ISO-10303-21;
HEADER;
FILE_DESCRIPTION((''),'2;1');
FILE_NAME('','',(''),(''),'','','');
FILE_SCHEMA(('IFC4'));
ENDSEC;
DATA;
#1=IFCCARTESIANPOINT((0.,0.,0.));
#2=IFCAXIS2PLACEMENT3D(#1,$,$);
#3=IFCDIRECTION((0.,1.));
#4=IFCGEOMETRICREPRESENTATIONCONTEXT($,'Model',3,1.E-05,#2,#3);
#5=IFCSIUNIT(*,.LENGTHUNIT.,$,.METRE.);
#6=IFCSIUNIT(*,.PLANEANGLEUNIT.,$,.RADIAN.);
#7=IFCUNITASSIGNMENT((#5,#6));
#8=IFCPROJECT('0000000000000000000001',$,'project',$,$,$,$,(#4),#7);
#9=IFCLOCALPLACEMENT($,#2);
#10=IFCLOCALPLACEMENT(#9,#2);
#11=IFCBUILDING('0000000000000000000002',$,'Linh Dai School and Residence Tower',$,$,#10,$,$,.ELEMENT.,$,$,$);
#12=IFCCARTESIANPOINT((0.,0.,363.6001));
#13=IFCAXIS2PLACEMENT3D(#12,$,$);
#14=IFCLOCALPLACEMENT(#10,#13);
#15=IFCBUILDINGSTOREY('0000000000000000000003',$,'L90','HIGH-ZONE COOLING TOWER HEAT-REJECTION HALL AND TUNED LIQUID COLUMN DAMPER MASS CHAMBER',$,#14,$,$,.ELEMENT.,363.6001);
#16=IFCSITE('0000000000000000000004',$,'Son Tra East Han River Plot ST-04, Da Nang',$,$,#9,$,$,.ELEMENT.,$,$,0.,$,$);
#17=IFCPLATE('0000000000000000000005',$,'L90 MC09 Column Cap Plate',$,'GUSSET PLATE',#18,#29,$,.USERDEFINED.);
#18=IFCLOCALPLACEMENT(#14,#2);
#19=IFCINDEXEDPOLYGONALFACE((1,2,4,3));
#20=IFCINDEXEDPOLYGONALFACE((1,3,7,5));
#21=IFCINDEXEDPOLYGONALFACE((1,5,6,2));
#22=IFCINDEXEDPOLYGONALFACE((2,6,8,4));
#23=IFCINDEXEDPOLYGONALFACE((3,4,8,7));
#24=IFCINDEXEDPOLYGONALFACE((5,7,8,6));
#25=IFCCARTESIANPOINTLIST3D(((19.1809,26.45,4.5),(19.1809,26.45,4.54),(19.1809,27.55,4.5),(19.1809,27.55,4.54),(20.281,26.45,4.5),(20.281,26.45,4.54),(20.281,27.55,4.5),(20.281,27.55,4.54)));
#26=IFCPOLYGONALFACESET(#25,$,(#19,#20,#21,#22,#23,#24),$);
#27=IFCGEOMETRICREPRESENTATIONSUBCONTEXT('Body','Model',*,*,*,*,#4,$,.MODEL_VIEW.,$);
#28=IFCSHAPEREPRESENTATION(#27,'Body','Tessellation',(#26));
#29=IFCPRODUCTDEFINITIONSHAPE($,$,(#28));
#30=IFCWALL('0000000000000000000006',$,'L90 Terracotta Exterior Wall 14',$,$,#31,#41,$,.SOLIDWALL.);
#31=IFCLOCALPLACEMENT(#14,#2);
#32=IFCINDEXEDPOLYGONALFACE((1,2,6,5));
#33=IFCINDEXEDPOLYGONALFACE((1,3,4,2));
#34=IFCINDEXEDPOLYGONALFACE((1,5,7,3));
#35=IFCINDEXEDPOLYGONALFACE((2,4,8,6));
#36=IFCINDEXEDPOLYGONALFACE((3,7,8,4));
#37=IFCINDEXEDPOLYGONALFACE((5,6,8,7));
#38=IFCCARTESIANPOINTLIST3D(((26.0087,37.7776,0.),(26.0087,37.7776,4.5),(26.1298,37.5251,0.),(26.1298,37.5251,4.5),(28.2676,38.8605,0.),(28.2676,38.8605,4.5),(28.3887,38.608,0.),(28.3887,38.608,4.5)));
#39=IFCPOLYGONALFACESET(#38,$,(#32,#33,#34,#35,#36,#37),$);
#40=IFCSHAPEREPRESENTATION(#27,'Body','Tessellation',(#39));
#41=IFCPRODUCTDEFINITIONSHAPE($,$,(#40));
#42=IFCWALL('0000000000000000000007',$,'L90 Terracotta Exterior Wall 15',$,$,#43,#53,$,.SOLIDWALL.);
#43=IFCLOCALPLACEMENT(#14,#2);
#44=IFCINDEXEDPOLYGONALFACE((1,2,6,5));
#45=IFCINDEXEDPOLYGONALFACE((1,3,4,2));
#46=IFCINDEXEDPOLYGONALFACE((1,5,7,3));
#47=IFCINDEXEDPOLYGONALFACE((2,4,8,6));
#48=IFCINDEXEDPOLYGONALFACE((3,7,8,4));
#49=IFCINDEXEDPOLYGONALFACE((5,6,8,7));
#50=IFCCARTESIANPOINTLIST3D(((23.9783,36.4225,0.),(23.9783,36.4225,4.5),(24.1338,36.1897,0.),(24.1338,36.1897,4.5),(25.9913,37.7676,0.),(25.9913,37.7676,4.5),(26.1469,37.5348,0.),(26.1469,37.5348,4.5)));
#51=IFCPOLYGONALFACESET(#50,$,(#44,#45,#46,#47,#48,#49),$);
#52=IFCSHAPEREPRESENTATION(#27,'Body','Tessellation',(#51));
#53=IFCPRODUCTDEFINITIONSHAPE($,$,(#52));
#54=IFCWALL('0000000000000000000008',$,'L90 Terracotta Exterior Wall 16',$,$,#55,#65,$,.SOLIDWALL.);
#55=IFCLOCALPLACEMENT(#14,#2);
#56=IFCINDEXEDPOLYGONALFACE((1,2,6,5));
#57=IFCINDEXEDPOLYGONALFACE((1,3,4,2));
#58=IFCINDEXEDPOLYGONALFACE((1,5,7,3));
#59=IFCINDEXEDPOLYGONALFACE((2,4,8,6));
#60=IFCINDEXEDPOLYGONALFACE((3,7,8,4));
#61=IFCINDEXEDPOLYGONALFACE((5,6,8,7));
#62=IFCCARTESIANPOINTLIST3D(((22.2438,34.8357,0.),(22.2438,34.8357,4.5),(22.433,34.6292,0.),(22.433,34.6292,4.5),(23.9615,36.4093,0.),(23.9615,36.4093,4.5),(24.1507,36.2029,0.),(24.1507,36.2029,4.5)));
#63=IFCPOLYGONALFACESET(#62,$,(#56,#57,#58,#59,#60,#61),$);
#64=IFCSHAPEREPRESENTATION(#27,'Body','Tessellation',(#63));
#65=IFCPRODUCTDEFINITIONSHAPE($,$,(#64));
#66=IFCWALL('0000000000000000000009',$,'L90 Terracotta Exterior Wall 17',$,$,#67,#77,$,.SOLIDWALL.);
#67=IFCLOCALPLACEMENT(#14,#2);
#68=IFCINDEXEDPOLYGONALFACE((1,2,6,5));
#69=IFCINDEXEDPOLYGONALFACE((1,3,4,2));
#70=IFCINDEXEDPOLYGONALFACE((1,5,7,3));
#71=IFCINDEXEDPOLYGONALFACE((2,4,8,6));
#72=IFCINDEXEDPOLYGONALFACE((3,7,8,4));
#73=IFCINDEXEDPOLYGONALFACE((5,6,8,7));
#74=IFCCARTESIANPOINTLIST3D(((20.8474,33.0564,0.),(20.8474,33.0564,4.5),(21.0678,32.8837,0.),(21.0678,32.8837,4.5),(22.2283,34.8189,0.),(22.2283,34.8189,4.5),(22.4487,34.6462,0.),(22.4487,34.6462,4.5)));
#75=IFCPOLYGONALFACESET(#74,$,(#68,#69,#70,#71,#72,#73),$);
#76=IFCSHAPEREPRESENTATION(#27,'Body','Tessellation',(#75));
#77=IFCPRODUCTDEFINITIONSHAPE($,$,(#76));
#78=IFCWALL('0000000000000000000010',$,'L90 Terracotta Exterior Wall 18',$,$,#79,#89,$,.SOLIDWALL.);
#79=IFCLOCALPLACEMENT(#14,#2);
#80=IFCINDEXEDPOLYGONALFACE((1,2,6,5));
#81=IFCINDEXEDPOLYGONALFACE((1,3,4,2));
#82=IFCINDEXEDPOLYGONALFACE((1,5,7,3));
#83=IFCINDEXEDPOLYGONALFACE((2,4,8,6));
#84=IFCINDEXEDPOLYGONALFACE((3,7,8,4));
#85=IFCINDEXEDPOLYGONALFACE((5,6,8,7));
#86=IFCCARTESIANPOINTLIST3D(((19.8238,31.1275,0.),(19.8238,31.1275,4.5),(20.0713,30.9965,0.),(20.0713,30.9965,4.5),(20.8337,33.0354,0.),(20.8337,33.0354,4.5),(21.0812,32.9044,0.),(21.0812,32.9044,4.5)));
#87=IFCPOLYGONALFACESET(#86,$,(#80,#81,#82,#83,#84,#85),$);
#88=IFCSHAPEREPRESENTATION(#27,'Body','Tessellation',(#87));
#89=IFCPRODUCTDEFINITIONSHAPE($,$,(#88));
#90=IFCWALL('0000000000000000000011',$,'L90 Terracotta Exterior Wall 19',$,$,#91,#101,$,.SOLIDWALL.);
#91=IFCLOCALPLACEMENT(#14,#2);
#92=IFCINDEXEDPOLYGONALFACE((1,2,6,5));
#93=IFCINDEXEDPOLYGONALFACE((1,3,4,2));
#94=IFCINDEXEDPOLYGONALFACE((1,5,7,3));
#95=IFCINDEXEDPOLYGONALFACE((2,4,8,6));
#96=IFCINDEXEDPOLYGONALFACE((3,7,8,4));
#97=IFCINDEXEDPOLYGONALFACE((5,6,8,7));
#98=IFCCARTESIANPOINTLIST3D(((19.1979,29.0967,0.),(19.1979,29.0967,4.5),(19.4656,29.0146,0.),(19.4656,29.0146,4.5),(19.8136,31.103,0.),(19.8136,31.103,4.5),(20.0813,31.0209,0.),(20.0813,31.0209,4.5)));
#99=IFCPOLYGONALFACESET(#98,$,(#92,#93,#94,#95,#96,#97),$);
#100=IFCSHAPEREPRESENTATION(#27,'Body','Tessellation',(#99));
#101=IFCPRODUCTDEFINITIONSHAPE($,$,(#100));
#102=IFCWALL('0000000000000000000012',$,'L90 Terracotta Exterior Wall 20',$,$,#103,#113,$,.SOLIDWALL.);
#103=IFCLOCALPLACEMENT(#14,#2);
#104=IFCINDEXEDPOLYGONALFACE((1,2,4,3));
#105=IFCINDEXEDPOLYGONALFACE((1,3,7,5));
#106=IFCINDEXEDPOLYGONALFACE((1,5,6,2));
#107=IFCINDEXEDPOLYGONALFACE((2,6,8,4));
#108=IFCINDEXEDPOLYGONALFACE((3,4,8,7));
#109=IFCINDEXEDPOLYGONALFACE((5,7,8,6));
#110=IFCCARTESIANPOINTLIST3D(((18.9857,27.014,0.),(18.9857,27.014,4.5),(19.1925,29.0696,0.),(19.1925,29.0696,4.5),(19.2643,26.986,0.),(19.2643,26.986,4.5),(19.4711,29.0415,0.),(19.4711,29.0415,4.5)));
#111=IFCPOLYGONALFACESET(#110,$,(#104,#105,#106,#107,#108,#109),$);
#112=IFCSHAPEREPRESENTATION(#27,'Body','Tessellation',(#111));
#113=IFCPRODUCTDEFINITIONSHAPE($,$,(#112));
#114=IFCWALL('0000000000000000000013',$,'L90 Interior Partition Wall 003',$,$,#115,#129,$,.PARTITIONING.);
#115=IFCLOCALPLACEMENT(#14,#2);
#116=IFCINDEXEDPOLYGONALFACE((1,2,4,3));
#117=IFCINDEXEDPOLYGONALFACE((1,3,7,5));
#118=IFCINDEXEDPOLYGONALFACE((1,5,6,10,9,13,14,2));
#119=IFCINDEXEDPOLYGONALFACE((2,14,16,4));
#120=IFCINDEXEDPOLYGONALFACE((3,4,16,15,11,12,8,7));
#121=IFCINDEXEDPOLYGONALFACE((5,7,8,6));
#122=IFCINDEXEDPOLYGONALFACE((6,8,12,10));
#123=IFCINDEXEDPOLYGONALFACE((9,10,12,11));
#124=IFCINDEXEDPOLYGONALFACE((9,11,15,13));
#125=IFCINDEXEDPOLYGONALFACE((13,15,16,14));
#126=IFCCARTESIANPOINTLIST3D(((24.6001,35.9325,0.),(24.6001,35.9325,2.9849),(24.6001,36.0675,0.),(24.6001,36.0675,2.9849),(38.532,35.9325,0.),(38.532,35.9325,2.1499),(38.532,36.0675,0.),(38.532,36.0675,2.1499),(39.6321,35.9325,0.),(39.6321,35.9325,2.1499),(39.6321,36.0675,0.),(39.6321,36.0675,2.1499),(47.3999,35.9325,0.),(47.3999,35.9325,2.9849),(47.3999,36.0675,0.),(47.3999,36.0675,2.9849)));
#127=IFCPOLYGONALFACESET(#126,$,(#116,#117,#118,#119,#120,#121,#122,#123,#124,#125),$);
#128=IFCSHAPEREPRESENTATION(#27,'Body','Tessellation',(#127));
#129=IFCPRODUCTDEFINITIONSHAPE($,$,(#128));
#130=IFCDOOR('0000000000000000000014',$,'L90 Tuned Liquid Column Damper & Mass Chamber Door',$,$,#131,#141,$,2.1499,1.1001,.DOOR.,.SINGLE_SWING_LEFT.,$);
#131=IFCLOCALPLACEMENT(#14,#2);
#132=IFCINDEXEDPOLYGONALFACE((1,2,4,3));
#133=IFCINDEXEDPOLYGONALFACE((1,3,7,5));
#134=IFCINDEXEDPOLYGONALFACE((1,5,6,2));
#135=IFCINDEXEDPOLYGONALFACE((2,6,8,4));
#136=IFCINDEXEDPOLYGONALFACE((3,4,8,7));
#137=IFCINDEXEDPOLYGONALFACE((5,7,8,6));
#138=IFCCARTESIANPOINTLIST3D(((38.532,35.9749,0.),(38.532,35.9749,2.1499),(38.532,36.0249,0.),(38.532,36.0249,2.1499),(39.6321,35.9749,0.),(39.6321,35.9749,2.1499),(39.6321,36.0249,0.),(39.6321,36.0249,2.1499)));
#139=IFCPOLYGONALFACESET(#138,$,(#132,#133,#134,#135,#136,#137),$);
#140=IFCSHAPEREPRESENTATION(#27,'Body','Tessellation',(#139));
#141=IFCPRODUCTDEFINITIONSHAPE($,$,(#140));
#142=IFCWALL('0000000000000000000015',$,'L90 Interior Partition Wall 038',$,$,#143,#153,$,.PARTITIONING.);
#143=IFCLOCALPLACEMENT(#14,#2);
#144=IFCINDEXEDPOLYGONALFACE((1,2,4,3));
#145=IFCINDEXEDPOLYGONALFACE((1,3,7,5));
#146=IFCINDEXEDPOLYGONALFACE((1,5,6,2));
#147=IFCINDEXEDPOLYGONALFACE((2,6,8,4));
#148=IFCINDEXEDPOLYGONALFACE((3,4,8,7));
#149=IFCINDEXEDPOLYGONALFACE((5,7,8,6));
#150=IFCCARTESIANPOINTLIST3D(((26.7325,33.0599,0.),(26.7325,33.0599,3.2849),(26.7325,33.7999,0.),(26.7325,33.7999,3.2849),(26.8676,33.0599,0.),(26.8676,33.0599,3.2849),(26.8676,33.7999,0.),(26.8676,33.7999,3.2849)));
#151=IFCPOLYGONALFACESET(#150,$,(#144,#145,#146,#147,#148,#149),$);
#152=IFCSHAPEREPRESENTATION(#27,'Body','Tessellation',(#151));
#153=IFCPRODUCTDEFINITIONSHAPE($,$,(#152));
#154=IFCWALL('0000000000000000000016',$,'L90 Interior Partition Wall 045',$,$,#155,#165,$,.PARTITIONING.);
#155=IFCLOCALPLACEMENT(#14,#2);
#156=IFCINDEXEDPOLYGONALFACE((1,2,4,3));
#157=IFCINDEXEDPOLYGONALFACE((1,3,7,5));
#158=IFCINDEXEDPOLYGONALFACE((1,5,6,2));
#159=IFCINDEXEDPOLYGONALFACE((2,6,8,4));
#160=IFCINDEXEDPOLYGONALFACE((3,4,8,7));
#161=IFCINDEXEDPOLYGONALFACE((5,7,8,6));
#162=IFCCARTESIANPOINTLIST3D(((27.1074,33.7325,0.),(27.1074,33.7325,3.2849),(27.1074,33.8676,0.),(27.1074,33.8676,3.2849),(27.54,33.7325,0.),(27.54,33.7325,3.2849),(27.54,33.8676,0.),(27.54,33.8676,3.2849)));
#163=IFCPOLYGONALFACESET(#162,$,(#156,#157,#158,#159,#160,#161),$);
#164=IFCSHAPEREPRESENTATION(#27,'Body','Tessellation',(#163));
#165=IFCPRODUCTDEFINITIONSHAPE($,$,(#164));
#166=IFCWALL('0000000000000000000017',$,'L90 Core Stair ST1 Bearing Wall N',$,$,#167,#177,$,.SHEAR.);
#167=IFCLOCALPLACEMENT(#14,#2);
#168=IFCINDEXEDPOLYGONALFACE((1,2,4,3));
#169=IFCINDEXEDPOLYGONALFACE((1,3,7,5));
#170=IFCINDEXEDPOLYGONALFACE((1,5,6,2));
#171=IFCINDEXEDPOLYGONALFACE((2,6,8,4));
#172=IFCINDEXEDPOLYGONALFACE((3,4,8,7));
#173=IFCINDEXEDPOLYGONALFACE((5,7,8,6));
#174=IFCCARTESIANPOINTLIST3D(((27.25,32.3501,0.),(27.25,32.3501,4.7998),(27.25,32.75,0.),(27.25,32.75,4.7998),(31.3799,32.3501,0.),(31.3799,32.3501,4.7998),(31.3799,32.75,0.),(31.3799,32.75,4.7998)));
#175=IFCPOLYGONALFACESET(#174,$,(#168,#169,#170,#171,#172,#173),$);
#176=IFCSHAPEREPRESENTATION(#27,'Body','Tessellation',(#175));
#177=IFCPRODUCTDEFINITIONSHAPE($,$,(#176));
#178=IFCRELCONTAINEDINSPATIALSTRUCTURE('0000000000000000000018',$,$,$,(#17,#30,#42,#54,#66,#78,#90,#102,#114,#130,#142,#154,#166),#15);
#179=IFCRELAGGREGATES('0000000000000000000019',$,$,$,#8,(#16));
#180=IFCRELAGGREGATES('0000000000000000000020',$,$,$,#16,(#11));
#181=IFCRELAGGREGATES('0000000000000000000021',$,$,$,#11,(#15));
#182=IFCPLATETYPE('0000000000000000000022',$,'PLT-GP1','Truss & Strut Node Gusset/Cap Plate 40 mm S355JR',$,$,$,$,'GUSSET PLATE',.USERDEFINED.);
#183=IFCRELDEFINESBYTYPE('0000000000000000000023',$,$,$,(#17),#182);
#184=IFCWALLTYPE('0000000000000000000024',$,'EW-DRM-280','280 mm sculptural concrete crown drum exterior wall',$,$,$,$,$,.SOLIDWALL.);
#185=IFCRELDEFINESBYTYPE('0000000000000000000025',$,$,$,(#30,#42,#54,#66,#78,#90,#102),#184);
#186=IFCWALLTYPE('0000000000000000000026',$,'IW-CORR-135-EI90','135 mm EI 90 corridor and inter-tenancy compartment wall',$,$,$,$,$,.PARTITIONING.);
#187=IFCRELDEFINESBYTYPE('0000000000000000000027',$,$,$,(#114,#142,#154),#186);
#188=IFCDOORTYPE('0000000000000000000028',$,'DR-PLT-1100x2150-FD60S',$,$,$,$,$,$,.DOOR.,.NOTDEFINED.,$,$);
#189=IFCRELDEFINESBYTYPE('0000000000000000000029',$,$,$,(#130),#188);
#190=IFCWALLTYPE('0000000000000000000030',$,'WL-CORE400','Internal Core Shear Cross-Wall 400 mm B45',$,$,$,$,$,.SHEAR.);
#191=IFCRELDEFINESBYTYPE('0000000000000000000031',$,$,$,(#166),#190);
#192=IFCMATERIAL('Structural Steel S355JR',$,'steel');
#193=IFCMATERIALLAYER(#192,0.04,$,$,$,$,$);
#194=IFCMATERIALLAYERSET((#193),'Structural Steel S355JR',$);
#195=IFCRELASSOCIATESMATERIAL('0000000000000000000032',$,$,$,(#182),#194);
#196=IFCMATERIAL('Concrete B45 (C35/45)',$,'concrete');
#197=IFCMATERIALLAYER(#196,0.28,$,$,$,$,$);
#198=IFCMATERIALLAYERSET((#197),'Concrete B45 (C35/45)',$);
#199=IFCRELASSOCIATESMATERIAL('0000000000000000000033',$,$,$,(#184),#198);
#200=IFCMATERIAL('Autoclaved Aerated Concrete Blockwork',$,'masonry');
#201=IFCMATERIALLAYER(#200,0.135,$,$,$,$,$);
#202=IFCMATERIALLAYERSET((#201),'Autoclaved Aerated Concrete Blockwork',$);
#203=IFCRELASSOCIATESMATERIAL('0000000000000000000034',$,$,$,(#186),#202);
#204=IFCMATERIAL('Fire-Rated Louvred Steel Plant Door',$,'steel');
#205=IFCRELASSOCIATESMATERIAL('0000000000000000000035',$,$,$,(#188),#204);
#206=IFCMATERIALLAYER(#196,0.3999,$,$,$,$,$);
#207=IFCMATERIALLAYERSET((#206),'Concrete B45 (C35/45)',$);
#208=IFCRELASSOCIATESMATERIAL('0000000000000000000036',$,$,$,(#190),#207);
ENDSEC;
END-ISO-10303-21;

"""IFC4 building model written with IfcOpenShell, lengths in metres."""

from ifc_helpers import new_model, si_unit, direction, frame, frame_2d, origin, origin_2d, place, context, subcontext, project, spatial, rectangle, extrude, source, transform, mapped, material, layer, layer_set, type_object, element, fill, save


model = new_model("IFC4")

# Units and contexts
model_context = context("Model", 3, precision=1e-05, world=origin(), true_north=direction((0.0, 1.0)))
body_context = subcontext(model_context, "Body", "Model", "MODEL_VIEW")
ifc_project = project(units=[si_unit("LENGTHUNIT", "METRE"), si_unit("PLANEANGLEUNIT", "RADIAN")], contexts=[model_context])

# Site, building, storey
site_placement = place(None, origin())
site = spatial("IfcSite", under=ifc_project, at=site_placement, Name="Son Tra East Han River Plot ST-04, Da Nang", CompositionType="ELEMENT", RefElevation=0.0)
building_placement = place(site_placement, origin())
building = spatial("IfcBuilding", under=site, at=building_placement, Name="Linh Dai School and Residence Tower", CompositionType="ELEMENT")
storey_placement = place(building_placement, frame((0.0, 0.0, 363.6001)))
storey = spatial("IfcBuildingStorey", under=building, at=storey_placement, Name="L90", Description="HIGH-ZONE COOLING TOWER HEAT-REJECTION HALL AND TUNED LIQUID COLUMN DAMPER MASS CHAMBER", CompositionType="ELEMENT", Elevation=363.6001)

# Shared definitions
ifc_material_1 = material(Name="Concrete B45 (C35/45)", Category="concrete")
ifc_material_2 = material(Name="Structural Steel S355JR", Category="steel")

# Plate
ifc_layer_1 = layer(ifc_material_2, 0.04)
ifc_layer_set_1 = layer_set([ifc_layer_1], Name="Structural Steel S355JR")
plate_type = type_object("IfcPlateType", Name="PLT-GP1", Description="Truss & Strut Node Gusset/Cap Plate 40 mm S355JR", ElementType="GUSSET PLATE", PredefinedType="USERDEFINED", material=ifc_layer_set_1)
shared_shape_1 = source(origin(), body_context, "Body", "SweptSolid", [
    extrude(rectangle(XDim=1.1001, YDim=1.1001, at=origin_2d()), origin(), (0.0, 0.0, 1.0), 0.04),
])
for number, where, z_axis, x_axis, name in (
    (1, (19.731, 27.0, 4.5), (0.0, 0.0, 1.0), (1.0, 0.0, 0.0), "L90 MC09 Column Cap Plate"),
):
    element("IfcPlate", number, at=place(storey_placement, frame(where, z_axis=z_axis, x_axis=x_axis)), inside=storey, type_object=plate_type, Name=name, ObjectType="GUSSET PLATE", PredefinedType="USERDEFINED", context=body_context, shape_type="MappedRepresentation", body=[
        mapped(shared_shape_1, transform((0.0, 0.0, 0.0), x_axis=(1.0, 0.0, 0.0), y_axis=(0.0, 1.0, 0.0), z_axis=(0.0, 0.0, 1.0), scale=1.0)),
    ])

# Walls
ifc_layer_2 = layer(ifc_material_1, 0.28)
ifc_layer_set_2 = layer_set([ifc_layer_2], Name="Concrete B45 (C35/45)")
wall_type_1 = type_object("IfcWallType", Name="EW-DRM-280", Description="280 mm sculptural concrete crown drum exterior wall", PredefinedType="SOLIDWALL", material=ifc_layer_set_2)
wall_1_placement = place(storey_placement, frame((26.0693, 37.6514, 0.0), z_axis=(0.0, 0.0, 1.0), x_axis=(0.90173, 0.4323, 0.0)))
element("IfcWall", 2, at=wall_1_placement, inside=storey, type_object=wall_type_1, Name="L90 Terracotta Exterior Wall 14", PredefinedType="SOLIDWALL", context=body_context, shape_type="SweptSolid", body=[
    extrude(rectangle(XDim=2.5051, YDim=0.28, at=frame_2d((1.2524, 0.0))), origin(), (0.0, 0.0, 1.0), 4.5),
])
wall_2_placement = place(storey_placement, frame((24.0562, 36.3062, 0.0), z_axis=(0.0, 0.0, 1.0), x_axis=(0.83146, 0.555584, 0.0)))
element("IfcWall", 3, at=wall_2_placement, inside=storey, type_object=wall_type_1, Name="L90 Terracotta Exterior Wall 15", PredefinedType="SOLIDWALL", context=body_context, shape_type="SweptSolid", body=[
    extrude(rectangle(XDim=2.4211, YDim=0.28, at=frame_2d((1.2104, 0.0))), origin(), (0.0, 0.0, 1.0), 4.5),
])
wall_3_placement = place(storey_placement, frame((22.3384, 34.7324, 0.0), z_axis=(0.0, 0.0, 1.0), x_axis=(0.737346, 0.675516, 0.0)))
element("IfcWall", 4, at=wall_3_placement, inside=storey, type_object=wall_type_1, Name="L90 Terracotta Exterior Wall 16", PredefinedType="SOLIDWALL", context=body_context, shape_type="SweptSolid", body=[
    extrude(rectangle(XDim=2.3296, YDim=0.28, at=frame_2d((1.1648, 0.0))), origin(), (0.0, 0.0, 1.0), 4.5),
])
wall_4_placement = place(storey_placement, frame((20.9575, 32.97, 0.0), z_axis=(0.0, 0.0, 1.0), x_axis=(0.616737, 0.787169, 0.0)))
element("IfcWall", 5, at=wall_4_placement, inside=storey, type_object=wall_type_1, Name="L90 Terracotta Exterior Wall 17", PredefinedType="SOLIDWALL", context=body_context, shape_type="SweptSolid", body=[
    extrude(rectangle(XDim=2.239, YDim=0.28, at=frame_2d((1.1196, 0.0))), origin(), (0.0, 0.0, 1.0), 4.5),
])
wall_5_placement = place(storey_placement, frame((19.9475, 31.062, 0.0), z_axis=(0.0, 0.0, 1.0), x_axis=(0.467857, 0.883804, 0.0)))
element("IfcWall", 6, at=wall_5_placement, inside=storey, type_object=wall_type_1, Name="L90 Terracotta Exterior Wall 18", PredefinedType="SOLIDWALL", context=body_context, shape_type="SweptSolid", body=[
    extrude(rectangle(XDim=2.1587, YDim=0.28, at=frame_2d((1.0793, 0.0))), origin(), (0.0, 0.0, 1.0), 4.5),
])
wall_6_placement = place(storey_placement, frame((19.3318, 29.0557, 0.0), z_axis=(0.0, 0.0, 1.0), x_axis=(0.293383, 0.955995, 0.0)))
element("IfcWall", 7, at=wall_6_placement, inside=storey, type_object=wall_type_1, Name="L90 Terracotta Exterior Wall 19", PredefinedType="SOLIDWALL", context=body_context, shape_type="SweptSolid", body=[
    extrude(rectangle(XDim=2.0986, YDim=0.28, at=frame_2d((1.0493, 0.0))), origin(), (0.0, 0.0, 1.0), 4.5),
])
wall_7_placement = place(storey_placement, frame((19.125, 27.0, 0.0), z_axis=(0.0, 0.0, 1.0), x_axis=(0.100089, 0.994979, 0.0)))
element("IfcWall", 8, at=wall_7_placement, inside=storey, type_object=wall_type_1, Name="L90 Terracotta Exterior Wall 20", PredefinedType="SOLIDWALL", context=body_context, shape_type="SweptSolid", body=[
    extrude(rectangle(XDim=2.0659, YDim=0.28, at=frame_2d((1.033, 0.0))), origin(), (0.0, 0.0, 1.0), 4.5),
])

# Wall, opening, door
ifc_material_3 = material(Name="Autoclaved Aerated Concrete Blockwork", Category="masonry")
ifc_layer_3 = layer(ifc_material_3, 0.135)
ifc_layer_set_3 = layer_set([ifc_layer_3], Name="Autoclaved Aerated Concrete Blockwork")
wall_type_2 = type_object("IfcWallType", Name="IW-CORR-135-EI90", Description="135 mm EI 90 corridor and inter-tenancy compartment wall", PredefinedType="PARTITIONING", material=ifc_layer_set_3)
wall_8_placement = place(storey_placement, frame((24.6001, 36.0, 0.0), z_axis=(0.0, 0.0, 1.0), x_axis=(1.0, 0.0, 0.0)))
wall_8 = element("IfcWall", 9, at=wall_8_placement, inside=storey, type_object=wall_type_2, Name="L90 Interior Partition Wall 003", PredefinedType="PARTITIONING", context=body_context, shape_type="SweptSolid", body=[
    extrude(rectangle(XDim=22.7998, YDim=0.135, at=frame_2d((11.3999, 0.0))), origin(), (0.0, 0.0, 1.0), 2.9849),
])
opening_placement = place(wall_8_placement, frame((13.9319, 0.0, 0.0)))
opening = element("IfcOpeningElement", 10, at=opening_placement, cuts=wall_8, PredefinedType="OPENING", context=body_context, shape_type="SweptSolid", body=[
    extrude(rectangle(XDim=1.1001, YDim=2.1499, at=origin_2d()), frame((0.55, 0.0776, 1.075), z_axis=(0.0, -1.0, 0.0), x_axis=(1.0, 0.0, 0.0)), (0.0, 0.0, 1.0), 0.155),
])
ifc_material_4 = material(Name="Fire-Rated Louvred Steel Plant Door", Category="steel")
door_type = type_object("IfcDoorType", Name="DR-PLT-1100x2150-FD60S", OperationType="NOTDEFINED", PredefinedType="DOOR", material=ifc_material_4)
shared_shape_2 = source(origin(), body_context, "Body", "SweptSolid", [
    extrude(rectangle(XDim=1.1001, YDim=2.1499, at=origin_2d()), frame((0.55, 0.0249, 1.075), z_axis=(0.0, -1.0, 0.0), x_axis=(1.0, 0.0, 0.0)), (0.0, 0.0, 1.0), 0.05),
])
door_placement = place(opening_placement, origin())
door = element("IfcDoor", 11, at=door_placement, inside=storey, type_object=door_type, Name="L90 Tuned Liquid Column Damper & Mass Chamber Door", OperationType="SINGLE_SWING_LEFT", OverallHeight=2.1499, OverallWidth=1.1001, PredefinedType="DOOR", context=body_context, shape_type="MappedRepresentation", body=[
    mapped(shared_shape_2, transform((0.0, 0.0, 0.0), x_axis=(1.0, 0.0, 0.0), y_axis=(0.0, 1.0, 0.0), z_axis=(0.0, 0.0, 1.0), scale=1.0)),
])
fill(opening, door)

# Walls
wall_9_placement = place(storey_placement, frame((26.8, 33.8, 0.0), z_axis=(0.0, 0.0, 1.0), x_axis=(0.0, -1.0, 0.0)))
element("IfcWall", 12, at=wall_9_placement, inside=storey, type_object=wall_type_2, Name="L90 Interior Partition Wall 038", PredefinedType="PARTITIONING", context=body_context, shape_type="SweptSolid", body=[
    extrude(rectangle(XDim=0.74, YDim=0.135, at=frame_2d((0.3701, 0.0))), origin(), (0.0, 0.0, 1.0), 3.2849),
])
wall_10_placement = place(storey_placement, frame((27.54, 33.8, 0.0), z_axis=(0.0, 0.0, 1.0), x_axis=(-1.0, 0.0, 0.0)))
element("IfcWall", 13, at=wall_10_placement, inside=storey, type_object=wall_type_2, Name="L90 Interior Partition Wall 045", PredefinedType="PARTITIONING", context=body_context, shape_type="SweptSolid", body=[
    extrude(rectangle(XDim=0.4326, YDim=0.135, at=frame_2d((0.2163, 0.0))), origin(), (0.0, 0.0, 1.0), 3.2849),
])
ifc_layer_4 = layer(ifc_material_1, 0.3999)
ifc_layer_set_4 = layer_set([ifc_layer_4], Name="Concrete B45 (C35/45)")
wall_type_3 = type_object("IfcWallType", Name="WL-CORE400", Description="Internal Core Shear Cross-Wall 400 mm B45", PredefinedType="SHEAR", material=ifc_layer_set_4)
wall_11_placement = place(storey_placement, frame((27.25, 32.55, 0.0), z_axis=(0.0, 0.0, 1.0), x_axis=(1.0, 0.0, 0.0)))
element("IfcWall", 14, at=wall_11_placement, inside=storey, type_object=wall_type_3, Name="L90 Core Stair ST1 Bearing Wall N", PredefinedType="SHEAR", context=body_context, shape_type="SweptSolid", body=[
    extrude(rectangle(XDim=4.1299, YDim=0.3999, at=frame_2d((2.0649, 0.0))), origin(), (0.0, 0.0, 1.0), 4.7998),
])

save(model, "model.ifc")
